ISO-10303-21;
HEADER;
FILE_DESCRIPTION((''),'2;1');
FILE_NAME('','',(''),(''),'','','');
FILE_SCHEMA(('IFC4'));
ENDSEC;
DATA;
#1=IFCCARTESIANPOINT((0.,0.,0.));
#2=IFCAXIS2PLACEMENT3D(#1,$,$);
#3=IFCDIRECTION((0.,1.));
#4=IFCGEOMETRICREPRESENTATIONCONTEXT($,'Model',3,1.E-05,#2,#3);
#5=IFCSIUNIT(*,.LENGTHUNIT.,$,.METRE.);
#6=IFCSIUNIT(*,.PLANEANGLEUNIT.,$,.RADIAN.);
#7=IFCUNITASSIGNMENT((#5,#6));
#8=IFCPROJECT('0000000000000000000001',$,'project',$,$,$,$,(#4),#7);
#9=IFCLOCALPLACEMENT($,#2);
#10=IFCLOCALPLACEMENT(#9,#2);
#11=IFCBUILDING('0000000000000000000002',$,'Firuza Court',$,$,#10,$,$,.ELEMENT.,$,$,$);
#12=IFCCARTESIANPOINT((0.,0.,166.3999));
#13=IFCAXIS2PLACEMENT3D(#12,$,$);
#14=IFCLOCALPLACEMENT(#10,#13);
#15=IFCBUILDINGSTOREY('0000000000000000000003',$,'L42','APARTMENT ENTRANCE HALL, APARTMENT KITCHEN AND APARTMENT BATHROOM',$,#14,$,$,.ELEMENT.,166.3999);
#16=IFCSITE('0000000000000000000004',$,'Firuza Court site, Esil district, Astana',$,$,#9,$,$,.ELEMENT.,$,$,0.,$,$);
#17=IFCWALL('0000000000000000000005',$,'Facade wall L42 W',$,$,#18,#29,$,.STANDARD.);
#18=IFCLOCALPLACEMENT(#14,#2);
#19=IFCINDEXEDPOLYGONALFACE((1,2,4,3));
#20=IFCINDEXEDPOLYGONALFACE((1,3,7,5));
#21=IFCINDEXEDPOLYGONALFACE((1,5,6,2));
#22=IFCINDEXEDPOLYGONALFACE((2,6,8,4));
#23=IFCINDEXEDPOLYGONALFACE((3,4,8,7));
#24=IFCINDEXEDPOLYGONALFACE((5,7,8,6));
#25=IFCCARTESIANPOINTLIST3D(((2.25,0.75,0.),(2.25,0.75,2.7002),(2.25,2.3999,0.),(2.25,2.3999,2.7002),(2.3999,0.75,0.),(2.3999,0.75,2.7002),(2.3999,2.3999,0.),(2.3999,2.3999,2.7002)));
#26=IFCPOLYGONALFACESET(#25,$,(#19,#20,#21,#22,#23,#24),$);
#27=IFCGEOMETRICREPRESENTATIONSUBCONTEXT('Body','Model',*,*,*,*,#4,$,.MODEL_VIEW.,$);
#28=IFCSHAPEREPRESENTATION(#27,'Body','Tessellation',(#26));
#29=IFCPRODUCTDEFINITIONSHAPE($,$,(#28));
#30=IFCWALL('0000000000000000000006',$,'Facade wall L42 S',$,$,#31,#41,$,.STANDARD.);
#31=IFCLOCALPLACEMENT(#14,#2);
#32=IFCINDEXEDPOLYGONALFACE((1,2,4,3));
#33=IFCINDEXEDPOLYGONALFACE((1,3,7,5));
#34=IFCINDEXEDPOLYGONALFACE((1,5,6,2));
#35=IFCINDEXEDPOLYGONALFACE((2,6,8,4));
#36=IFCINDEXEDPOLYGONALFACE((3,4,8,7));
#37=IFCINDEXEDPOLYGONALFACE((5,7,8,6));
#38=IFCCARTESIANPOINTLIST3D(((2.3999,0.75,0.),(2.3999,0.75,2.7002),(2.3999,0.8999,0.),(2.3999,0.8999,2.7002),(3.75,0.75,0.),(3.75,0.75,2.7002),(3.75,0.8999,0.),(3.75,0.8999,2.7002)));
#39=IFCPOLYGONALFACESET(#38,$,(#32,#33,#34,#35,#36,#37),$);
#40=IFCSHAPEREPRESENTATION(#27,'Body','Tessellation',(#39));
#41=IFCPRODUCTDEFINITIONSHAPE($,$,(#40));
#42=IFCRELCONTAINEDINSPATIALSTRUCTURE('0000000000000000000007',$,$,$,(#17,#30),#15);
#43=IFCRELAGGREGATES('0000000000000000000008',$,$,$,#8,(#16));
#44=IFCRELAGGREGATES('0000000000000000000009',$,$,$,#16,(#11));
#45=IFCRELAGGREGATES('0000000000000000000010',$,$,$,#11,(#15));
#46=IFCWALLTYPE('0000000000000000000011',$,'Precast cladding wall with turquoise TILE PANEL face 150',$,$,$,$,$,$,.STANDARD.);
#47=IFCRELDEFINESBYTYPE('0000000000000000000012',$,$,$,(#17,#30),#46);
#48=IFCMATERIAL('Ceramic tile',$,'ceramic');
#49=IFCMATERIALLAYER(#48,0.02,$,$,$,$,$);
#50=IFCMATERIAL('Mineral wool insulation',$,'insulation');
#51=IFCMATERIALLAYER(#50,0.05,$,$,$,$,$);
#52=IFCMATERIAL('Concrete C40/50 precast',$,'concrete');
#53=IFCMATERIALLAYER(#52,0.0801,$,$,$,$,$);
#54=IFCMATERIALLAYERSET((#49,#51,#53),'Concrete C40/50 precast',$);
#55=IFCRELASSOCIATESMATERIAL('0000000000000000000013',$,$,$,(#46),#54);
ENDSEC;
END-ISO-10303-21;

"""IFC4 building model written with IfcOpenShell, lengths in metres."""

from ifc_helpers import new_model, si_unit, direction, frame, frame_2d, origin, place, context, subcontext, project, spatial, rectangle, extrude, material, layer, layer_set, type_object, element, save


model = new_model("IFC4")

# Units and contexts
model_context = context("Model", 3, precision=1e-05, world=origin(), true_north=direction((0.0, 1.0)))
body_context = subcontext(model_context, "Body", "Model", "MODEL_VIEW")
ifc_project = project(units=[si_unit("LENGTHUNIT", "METRE"), si_unit("PLANEANGLEUNIT", "RADIAN")], contexts=[model_context])

# Site, building, storey
site_placement = place(None, origin())
site = spatial("IfcSite", under=ifc_project, at=site_placement, Name="Firuza Court site, Esil district, Astana", CompositionType="ELEMENT", RefElevation=0.0)
building_placement = place(site_placement, origin())
building = spatial("IfcBuilding", under=site, at=building_placement, Name="Firuza Court", CompositionType="ELEMENT")
storey_placement = place(building_placement, frame((0.0, 0.0, 166.3999)))
storey = spatial("IfcBuildingStorey", under=building, at=storey_placement, Name="L42", Description="APARTMENT ENTRANCE HALL, APARTMENT KITCHEN AND APARTMENT BATHROOM", CompositionType="ELEMENT", Elevation=166.3999)

# Shared definitions
ifc_material_1 = material(Name="Concrete C40/50 precast", Category="concrete")

# Walls
ifc_material_2 = material(Name="Ceramic tile", Category="ceramic")
ifc_layer_1 = layer(ifc_material_2, 0.02)
ifc_material_3 = material(Name="Mineral wool insulation", Category="insulation")
ifc_layer_2 = layer(ifc_material_3, 0.05)
ifc_layer_3 = layer(ifc_material_1, 0.0801)
ifc_layer_set_1 = layer_set([ifc_layer_1, ifc_layer_2, ifc_layer_3], Name="Concrete C40/50 precast")
wall_type_1 = type_object("IfcWallType", Name="Precast cladding wall with turquoise TILE PANEL face 150", PredefinedType="STANDARD", material=ifc_layer_set_1)
wall_1_placement = place(storey_placement, frame((2.325, 2.3999, 0.0), z_axis=(0.0, 0.0, 1.0), x_axis=(0.0, -1.0, 0.0)))
element("IfcWall", 1, at=wall_1_placement, inside=storey, type_object=wall_type_1, Name="Facade wall L42 W", PredefinedType="STANDARD", context=body_context, shape_type="SweptSolid", body=[
    extrude(rectangle(XDim=1.6499, YDim=0.1499, at=frame_2d((0.825, 0.0))), origin(), (0.0, 0.0, 1.0), 2.7002),
])
wall_2_placement = place(storey_placement, frame((2.3999, 0.825, 0.0), z_axis=(0.0, 0.0, 1.0), x_axis=(1.0, 0.0, 0.0)))
element("IfcWall", 2, at=wall_2_placement, inside=storey, type_object=wall_type_1, Name="Facade wall L42 S", PredefinedType="STANDARD", context=body_context, shape_type="SweptSolid", body=[
    extrude(rectangle(XDim=1.3501, YDim=0.1499, at=frame_2d((0.675, 0.0))), origin(), (0.0, 0.0, 1.0), 2.7002),
])

save(model, "model.ifc")
